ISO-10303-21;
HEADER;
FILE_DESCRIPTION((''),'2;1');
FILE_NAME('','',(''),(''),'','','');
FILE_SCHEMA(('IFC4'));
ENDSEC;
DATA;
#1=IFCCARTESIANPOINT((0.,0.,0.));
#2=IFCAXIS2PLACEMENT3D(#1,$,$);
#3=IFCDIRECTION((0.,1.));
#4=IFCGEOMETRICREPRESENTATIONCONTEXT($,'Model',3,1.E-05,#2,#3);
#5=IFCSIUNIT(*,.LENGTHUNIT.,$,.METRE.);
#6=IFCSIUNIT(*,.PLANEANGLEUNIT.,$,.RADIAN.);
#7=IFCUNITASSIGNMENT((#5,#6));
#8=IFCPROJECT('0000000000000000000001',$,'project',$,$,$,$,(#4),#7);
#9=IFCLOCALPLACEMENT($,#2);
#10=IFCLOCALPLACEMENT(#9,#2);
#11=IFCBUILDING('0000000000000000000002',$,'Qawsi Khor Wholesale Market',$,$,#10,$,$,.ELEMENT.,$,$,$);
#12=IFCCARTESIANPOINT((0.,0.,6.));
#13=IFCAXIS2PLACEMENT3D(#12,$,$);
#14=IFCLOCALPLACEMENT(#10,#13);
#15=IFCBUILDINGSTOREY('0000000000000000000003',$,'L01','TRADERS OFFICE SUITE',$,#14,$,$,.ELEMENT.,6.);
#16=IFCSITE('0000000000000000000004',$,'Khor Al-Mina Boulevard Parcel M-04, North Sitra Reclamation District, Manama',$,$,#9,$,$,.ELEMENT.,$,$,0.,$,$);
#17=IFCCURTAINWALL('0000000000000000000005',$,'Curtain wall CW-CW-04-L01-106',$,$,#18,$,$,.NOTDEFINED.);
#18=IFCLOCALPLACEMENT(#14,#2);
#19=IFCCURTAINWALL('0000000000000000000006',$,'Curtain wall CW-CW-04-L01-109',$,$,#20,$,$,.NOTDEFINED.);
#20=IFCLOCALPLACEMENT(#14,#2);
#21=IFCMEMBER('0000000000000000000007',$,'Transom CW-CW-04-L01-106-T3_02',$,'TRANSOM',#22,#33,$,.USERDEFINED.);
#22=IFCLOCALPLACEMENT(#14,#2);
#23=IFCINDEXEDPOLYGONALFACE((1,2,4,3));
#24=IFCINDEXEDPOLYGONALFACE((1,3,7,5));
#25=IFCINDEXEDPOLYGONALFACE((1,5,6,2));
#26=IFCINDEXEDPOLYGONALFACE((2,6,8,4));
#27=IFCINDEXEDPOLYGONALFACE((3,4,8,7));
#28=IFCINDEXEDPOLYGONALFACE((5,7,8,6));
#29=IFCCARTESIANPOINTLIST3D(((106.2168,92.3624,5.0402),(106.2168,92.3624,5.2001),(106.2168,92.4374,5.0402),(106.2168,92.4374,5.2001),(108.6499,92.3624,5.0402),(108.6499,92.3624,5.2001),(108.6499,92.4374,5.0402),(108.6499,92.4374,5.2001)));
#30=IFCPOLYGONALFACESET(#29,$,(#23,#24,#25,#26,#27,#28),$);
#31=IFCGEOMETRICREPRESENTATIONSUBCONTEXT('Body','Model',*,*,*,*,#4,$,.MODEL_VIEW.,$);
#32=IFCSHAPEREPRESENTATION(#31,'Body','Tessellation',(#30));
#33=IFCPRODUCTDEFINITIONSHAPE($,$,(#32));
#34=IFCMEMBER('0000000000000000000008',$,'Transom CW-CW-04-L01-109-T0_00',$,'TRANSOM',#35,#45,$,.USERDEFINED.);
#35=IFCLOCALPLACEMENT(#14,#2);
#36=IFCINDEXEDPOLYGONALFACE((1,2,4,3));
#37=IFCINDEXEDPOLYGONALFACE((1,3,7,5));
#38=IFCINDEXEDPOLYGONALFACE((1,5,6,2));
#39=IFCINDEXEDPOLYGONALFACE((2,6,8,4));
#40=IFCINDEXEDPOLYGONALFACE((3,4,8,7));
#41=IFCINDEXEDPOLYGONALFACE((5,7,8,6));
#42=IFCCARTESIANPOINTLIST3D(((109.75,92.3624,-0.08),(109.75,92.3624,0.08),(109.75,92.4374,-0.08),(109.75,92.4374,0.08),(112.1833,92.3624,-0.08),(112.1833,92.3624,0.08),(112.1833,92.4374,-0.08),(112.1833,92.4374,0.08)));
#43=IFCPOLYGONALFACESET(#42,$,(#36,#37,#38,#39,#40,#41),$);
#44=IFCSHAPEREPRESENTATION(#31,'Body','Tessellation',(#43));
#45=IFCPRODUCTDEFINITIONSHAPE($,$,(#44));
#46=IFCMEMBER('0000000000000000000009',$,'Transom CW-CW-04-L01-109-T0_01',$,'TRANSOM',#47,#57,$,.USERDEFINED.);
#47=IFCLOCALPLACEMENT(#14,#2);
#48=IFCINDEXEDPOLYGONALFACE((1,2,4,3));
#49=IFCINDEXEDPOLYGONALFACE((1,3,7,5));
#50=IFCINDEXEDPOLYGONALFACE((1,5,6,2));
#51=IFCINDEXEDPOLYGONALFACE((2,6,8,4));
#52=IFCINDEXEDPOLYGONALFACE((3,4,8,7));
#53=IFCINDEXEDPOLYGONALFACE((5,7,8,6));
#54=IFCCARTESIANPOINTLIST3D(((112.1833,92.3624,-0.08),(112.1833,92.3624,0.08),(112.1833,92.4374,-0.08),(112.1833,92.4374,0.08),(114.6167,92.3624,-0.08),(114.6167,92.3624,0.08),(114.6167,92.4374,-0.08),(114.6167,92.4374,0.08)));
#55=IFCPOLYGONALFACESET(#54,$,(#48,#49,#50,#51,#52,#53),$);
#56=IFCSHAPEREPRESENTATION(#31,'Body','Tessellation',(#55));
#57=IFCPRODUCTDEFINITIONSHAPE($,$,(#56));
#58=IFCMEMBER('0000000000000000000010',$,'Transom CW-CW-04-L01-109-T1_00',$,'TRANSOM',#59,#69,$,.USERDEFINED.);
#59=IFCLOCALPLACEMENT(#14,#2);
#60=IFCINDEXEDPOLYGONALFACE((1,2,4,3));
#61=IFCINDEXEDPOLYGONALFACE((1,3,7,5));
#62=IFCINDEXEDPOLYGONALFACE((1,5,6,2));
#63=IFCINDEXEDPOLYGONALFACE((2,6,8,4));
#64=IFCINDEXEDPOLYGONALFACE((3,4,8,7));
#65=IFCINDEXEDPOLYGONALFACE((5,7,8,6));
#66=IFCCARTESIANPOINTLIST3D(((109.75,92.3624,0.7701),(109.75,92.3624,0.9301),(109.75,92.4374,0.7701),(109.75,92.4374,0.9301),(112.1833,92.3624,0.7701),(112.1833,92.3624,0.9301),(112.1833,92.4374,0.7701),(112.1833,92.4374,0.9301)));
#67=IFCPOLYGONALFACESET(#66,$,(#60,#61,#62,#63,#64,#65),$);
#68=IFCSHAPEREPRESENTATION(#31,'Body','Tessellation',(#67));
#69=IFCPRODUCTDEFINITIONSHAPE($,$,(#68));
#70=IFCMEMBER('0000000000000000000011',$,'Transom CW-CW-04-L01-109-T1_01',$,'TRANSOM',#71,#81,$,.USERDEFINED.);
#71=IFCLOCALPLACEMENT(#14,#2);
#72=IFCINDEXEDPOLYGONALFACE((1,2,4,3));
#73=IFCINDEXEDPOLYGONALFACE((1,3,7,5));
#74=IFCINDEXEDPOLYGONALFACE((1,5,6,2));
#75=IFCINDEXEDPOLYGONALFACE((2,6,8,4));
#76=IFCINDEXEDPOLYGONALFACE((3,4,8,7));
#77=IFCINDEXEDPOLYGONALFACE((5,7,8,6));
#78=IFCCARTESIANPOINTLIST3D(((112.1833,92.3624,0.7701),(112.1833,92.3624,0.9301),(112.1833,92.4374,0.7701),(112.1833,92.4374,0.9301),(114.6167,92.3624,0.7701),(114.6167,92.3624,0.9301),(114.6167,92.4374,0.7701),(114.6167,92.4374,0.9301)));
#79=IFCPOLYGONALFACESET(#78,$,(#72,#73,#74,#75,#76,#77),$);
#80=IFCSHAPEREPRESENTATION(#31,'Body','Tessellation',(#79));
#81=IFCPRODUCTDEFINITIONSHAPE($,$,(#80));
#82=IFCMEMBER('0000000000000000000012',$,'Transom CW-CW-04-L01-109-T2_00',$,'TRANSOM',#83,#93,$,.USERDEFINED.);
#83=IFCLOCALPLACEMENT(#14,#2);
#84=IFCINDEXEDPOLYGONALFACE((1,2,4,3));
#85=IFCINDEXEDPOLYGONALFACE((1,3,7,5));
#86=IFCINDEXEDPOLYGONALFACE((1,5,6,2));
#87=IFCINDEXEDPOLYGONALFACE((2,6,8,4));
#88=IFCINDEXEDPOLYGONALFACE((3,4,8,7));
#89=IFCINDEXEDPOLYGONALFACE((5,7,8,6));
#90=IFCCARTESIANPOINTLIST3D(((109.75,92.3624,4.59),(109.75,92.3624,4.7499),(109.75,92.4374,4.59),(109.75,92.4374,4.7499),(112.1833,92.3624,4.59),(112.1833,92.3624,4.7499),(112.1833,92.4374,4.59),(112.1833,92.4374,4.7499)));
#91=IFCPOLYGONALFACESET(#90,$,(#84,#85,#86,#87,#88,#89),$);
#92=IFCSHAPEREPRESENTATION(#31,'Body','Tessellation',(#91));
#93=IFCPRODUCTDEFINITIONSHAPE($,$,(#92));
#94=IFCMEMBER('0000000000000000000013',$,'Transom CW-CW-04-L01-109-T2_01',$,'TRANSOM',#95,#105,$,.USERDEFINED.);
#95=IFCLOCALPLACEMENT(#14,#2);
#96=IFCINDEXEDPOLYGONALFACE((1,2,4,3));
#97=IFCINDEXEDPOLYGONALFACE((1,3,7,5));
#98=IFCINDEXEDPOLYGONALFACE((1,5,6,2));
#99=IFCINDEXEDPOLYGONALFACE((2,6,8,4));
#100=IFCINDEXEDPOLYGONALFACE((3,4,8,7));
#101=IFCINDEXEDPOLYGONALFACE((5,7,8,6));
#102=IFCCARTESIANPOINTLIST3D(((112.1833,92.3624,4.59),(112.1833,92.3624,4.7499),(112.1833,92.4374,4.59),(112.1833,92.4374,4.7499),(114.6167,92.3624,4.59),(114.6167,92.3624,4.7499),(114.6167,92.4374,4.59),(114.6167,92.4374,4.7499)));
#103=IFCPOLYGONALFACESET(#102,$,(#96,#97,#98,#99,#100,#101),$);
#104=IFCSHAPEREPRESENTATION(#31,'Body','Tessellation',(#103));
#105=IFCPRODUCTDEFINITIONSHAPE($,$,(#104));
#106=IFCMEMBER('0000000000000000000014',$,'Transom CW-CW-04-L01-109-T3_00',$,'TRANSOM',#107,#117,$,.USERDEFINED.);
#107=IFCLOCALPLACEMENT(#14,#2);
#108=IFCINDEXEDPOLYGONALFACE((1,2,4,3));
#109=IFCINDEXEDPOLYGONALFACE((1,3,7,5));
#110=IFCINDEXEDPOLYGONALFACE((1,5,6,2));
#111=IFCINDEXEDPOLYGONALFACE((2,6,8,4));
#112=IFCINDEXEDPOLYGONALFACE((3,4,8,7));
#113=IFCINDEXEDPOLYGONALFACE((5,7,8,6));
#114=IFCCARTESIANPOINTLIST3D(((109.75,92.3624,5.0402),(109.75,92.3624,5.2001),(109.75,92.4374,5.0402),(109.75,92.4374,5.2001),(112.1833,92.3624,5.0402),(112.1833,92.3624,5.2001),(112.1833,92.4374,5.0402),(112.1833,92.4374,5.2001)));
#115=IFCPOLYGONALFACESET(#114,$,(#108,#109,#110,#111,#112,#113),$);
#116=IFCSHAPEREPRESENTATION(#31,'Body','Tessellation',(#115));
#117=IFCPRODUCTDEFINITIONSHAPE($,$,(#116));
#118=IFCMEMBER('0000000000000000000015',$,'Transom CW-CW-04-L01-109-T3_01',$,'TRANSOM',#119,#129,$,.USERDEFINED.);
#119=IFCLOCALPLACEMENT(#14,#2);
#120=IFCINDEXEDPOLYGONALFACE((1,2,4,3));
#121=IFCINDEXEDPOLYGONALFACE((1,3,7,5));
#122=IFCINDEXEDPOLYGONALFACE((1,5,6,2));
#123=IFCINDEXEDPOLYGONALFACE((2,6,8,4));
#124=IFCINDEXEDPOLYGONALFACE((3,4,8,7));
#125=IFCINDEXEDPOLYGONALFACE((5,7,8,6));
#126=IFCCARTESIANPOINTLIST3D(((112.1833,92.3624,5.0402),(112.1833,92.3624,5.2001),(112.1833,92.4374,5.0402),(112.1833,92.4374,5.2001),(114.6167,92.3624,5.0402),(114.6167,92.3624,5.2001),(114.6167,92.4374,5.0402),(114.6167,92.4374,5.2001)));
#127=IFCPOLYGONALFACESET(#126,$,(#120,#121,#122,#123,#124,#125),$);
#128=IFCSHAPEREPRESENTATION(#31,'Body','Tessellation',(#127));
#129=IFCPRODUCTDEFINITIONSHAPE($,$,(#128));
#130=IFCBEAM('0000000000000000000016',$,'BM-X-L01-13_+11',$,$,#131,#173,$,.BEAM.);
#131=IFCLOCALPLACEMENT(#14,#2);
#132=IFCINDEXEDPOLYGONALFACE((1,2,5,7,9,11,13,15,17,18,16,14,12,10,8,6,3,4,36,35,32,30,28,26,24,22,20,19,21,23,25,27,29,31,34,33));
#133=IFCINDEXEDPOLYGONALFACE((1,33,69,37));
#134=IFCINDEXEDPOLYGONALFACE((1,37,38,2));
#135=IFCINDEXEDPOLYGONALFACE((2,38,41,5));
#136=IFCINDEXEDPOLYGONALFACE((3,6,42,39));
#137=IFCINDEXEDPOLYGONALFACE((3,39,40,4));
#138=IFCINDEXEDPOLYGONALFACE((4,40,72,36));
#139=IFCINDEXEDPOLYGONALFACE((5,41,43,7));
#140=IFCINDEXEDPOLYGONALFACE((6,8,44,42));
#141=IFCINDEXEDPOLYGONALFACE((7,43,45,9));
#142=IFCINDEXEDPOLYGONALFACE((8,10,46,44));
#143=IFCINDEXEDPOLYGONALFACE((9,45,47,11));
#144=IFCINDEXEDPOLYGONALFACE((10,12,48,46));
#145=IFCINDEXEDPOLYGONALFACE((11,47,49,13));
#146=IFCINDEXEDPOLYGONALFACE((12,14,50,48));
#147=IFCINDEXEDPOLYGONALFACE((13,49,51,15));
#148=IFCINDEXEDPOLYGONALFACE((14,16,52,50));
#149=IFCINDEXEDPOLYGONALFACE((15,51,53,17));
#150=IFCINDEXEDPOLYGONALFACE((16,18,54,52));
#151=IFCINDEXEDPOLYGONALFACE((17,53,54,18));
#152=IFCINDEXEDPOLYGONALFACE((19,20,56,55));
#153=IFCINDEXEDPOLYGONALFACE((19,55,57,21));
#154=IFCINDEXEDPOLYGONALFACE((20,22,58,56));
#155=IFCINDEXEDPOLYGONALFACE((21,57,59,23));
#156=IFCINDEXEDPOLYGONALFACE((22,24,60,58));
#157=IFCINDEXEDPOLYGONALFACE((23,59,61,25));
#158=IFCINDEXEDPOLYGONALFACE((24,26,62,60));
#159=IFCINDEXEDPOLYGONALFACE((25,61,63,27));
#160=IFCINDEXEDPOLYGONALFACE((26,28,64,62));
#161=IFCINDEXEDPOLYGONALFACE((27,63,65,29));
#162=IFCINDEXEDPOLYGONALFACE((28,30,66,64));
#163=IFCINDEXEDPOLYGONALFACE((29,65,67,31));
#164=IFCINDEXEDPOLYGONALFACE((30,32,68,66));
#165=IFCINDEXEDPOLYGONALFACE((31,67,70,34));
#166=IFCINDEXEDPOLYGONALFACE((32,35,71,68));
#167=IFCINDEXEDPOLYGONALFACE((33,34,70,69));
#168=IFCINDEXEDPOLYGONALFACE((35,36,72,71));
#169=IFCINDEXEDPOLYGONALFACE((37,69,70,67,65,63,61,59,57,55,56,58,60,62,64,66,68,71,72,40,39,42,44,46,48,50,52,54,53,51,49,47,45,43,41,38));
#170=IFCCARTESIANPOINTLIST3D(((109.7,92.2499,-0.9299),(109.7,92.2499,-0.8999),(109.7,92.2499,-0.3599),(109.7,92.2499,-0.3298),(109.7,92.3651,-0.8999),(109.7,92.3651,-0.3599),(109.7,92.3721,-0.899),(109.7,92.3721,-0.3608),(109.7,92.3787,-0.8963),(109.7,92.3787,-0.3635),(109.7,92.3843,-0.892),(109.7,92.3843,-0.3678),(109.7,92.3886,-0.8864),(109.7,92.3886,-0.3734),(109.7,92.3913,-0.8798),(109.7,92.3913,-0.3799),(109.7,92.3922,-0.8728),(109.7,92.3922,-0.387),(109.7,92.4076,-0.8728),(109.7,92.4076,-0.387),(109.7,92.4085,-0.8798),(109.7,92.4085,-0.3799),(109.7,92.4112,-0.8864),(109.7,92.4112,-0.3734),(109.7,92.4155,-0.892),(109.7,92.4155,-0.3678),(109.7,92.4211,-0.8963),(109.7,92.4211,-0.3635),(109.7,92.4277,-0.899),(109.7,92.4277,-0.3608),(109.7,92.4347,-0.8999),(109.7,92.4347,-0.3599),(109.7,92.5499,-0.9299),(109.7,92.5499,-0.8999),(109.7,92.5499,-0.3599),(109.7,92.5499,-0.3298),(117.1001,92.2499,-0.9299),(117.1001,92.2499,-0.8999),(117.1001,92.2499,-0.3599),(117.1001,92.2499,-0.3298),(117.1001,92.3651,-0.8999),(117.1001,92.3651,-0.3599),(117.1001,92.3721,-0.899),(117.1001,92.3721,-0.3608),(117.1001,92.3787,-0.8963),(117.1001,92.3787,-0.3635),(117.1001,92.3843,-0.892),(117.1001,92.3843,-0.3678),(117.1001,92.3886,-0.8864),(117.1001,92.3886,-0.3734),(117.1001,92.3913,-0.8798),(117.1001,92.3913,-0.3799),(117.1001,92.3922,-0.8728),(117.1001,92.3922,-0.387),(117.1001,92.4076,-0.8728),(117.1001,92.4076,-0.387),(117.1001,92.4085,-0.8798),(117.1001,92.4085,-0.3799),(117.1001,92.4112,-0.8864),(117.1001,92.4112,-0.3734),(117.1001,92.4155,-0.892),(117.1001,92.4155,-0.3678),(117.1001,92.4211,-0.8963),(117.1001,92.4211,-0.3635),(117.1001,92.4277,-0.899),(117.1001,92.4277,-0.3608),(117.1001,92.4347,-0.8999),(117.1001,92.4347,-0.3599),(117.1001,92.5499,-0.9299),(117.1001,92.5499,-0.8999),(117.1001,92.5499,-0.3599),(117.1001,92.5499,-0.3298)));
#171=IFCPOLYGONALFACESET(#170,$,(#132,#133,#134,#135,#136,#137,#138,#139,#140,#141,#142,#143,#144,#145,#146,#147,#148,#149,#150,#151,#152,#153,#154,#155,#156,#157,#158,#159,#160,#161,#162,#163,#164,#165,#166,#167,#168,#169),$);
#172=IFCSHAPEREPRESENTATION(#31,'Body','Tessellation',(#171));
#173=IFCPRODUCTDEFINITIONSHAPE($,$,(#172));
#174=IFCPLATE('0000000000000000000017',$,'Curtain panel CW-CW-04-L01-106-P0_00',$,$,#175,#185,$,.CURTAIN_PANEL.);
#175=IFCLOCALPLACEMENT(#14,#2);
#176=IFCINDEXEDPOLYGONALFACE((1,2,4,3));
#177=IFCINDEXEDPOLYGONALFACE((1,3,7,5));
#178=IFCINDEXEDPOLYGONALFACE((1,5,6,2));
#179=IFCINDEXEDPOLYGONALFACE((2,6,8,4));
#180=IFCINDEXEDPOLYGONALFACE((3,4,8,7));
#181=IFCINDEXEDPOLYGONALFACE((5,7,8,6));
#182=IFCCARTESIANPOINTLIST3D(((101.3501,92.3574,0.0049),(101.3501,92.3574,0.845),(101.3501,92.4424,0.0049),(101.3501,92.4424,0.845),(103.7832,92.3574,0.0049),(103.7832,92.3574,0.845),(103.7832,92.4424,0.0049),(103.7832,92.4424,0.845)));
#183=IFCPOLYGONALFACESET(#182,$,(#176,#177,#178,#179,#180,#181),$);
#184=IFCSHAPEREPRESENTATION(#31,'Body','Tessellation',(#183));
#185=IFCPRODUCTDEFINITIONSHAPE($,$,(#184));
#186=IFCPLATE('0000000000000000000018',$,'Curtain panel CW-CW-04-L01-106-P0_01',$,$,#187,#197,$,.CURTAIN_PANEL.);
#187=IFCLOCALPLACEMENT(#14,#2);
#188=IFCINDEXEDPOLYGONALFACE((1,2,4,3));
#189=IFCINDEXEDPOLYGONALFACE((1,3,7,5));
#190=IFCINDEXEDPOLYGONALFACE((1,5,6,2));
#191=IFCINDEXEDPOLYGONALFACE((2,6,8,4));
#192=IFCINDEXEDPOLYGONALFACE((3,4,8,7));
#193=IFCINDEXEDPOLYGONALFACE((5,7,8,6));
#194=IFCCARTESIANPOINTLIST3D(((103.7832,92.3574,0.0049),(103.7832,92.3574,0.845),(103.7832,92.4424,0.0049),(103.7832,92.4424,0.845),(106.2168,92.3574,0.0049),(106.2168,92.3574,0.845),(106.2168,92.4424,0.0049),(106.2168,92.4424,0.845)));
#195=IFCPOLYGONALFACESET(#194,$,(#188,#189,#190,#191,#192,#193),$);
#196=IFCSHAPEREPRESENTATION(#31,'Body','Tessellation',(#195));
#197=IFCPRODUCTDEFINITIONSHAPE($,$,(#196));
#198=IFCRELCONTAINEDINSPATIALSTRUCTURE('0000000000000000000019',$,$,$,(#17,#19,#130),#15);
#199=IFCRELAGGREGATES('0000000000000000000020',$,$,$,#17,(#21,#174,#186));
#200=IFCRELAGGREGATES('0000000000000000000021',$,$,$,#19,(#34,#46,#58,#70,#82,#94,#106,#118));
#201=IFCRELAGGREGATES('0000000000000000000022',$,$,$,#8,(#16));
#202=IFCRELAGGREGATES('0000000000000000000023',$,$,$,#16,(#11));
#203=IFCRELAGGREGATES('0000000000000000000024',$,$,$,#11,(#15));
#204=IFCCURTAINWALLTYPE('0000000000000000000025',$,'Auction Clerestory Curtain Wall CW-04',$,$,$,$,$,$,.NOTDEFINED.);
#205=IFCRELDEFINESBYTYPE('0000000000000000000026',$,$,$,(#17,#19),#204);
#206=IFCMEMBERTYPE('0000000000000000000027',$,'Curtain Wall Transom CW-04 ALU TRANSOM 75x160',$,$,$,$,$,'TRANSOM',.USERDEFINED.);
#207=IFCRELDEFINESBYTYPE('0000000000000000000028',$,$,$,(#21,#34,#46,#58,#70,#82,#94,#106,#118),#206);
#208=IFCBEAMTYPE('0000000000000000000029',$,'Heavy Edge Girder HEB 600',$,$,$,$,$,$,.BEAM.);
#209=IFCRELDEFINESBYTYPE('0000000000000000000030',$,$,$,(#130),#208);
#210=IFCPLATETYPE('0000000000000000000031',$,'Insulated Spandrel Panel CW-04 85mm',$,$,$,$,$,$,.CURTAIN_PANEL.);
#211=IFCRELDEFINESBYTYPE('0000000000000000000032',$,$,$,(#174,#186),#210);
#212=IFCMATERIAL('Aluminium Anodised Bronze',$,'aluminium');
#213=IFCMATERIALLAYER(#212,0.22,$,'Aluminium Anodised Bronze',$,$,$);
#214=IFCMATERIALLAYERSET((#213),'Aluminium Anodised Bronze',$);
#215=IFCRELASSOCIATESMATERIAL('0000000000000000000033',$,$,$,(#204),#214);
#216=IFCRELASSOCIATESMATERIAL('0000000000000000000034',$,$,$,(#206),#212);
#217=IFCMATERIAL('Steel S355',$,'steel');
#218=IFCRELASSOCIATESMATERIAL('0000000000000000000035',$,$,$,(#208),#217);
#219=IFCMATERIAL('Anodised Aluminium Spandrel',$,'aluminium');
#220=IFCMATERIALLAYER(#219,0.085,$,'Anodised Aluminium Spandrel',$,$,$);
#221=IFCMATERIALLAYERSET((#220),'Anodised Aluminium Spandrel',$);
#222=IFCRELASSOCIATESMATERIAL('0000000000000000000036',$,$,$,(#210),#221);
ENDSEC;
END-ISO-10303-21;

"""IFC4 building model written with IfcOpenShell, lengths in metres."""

from ifc_helpers import new_model, si_unit, direction, frame, frame_2d, origin, origin_2d, place, context, subcontext, project, spatial, rectangle, i_section, extrude, material, layer, layer_set, material_profile, profile_set, type_object, element, aggregate, save


model = new_model("IFC4")

# Units and contexts
model_context = context("Model", 3, precision=1e-05, world=origin(), true_north=direction((0.0, 1.0)))
body_context = subcontext(model_context, "Body", "Model", "MODEL_VIEW")
ifc_project = project(units=[si_unit("LENGTHUNIT", "METRE"), si_unit("PLANEANGLEUNIT", "RADIAN")], contexts=[model_context])

# Site, building, storey
site_placement = place(None, origin())
site = spatial("IfcSite", under=ifc_project, at=site_placement, Name="Khor Al-Mina Boulevard Parcel M-04, North Sitra Reclamation District, Manama", CompositionType="ELEMENT", RefElevation=0.0)
building_placement = place(site_placement, origin())
building = spatial("IfcBuilding", under=site, at=building_placement, Name="Qawsi Khor Wholesale Market", CompositionType="ELEMENT")
storey_placement = place(building_placement, frame((0.0, 0.0, 6.0)))
storey = spatial("IfcBuildingStorey", under=building, at=storey_placement, Name="L01", Description="TRADERS OFFICE SUITE", CompositionType="ELEMENT", Elevation=6.0)

# Curtain walls
ifc_material_1 = material(Name="Aluminium Anodised Bronze", Category="aluminium")
ifc_layer_1 = layer(ifc_material_1, 0.22, Name="Aluminium Anodised Bronze")
ifc_layer_set_1 = layer_set([ifc_layer_1], Name="Aluminium Anodised Bronze")
curtain_wall_type = type_object("IfcCurtainWallType", Name="Auction Clerestory Curtain Wall CW-04", PredefinedType="NOTDEFINED", material=ifc_layer_set_1)
curtain_wall_1_placement = place(storey_placement, origin())
curtain_wall_1 = element("IfcCurtainWall", 1, at=curtain_wall_1_placement, inside=storey, type_object=curtain_wall_type, Name="Curtain wall CW-CW-04-L01-106", PredefinedType="NOTDEFINED")
curtain_wall_2_placement = place(storey_placement, origin())
curtain_wall_2 = element("IfcCurtainWall", 2, at=curtain_wall_2_placement, inside=storey, type_object=curtain_wall_type, Name="Curtain wall CW-CW-04-L01-109", PredefinedType="NOTDEFINED")

# Members
ifc_material_profile_1 = material_profile(ifc_material_1, rectangle(XDim=0.075, YDim=0.1599, at=origin_2d()), Name="ALU TRANSOM 75x160")
ifc_profile_set_1 = profile_set([ifc_material_profile_1], Name="Aluminium Anodised Bronze")
member_type_1 = type_object("IfcMemberType", Name="Curtain Wall Transom CW-04 ALU TRANSOM 75x160", ElementType="TRANSOM", PredefinedType="USERDEFINED", material=ifc_profile_set_1)
member_1_placement = place(storey_placement, frame((106.2168, 92.3999, 5.1201), z_axis=(1.0, 0.0, 0.0), x_axis=(0.0, 1.0, 0.0)))
member_1 = element("IfcMember", 3, at=member_1_placement, type_object=member_type_1, Name="Transom CW-CW-04-L01-106-T3_02", ObjectType="TRANSOM", PredefinedType="USERDEFINED", context=body_context, shape_type="SweptSolid", body=[
    extrude(rectangle(XDim=0.075, YDim=0.1599, at=origin_2d()), origin(), (0.0, 0.0, 1.0), 2.4331),
])
member_2_placement = place(storey_placement, frame((109.75, 92.3999, 0.0), z_axis=(1.0, 0.0, 0.0), x_axis=(0.0, 1.0, 0.0)))
member_2 = element("IfcMember", 4, at=member_2_placement, type_object=member_type_1, Name="Transom CW-CW-04-L01-109-T0_00", ObjectType="TRANSOM", PredefinedType="USERDEFINED", context=body_context, shape_type="SweptSolid", body=[
    extrude(rectangle(XDim=0.075, YDim=0.1599, at=origin_2d()), origin(), (0.0, 0.0, 1.0), 2.4333),
])
member_3_placement = place(storey_placement, frame((112.1833, 92.3999, 0.0), z_axis=(1.0, 0.0, 0.0), x_axis=(0.0, 1.0, 0.0)))
member_3 = element("IfcMember", 5, at=member_3_placement, type_object=member_type_1, Name="Transom CW-CW-04-L01-109-T0_01", ObjectType="TRANSOM", PredefinedType="USERDEFINED", context=body_context, shape_type="SweptSolid", body=[
    extrude(rectangle(XDim=0.075, YDim=0.1599, at=origin_2d()), origin(), (0.0, 0.0, 1.0), 2.4333),
])
member_4_placement = place(storey_placement, frame((109.75, 92.3999, 0.8501), z_axis=(1.0, 0.0, 0.0), x_axis=(0.0, 1.0, 0.0)))
member_4 = element("IfcMember", 6, at=member_4_placement, type_object=member_type_1, Name="Transom CW-CW-04-L01-109-T1_00", ObjectType="TRANSOM", PredefinedType="USERDEFINED", context=body_context, shape_type="SweptSolid", body=[
    extrude(rectangle(XDim=0.075, YDim=0.1599, at=origin_2d()), origin(), (0.0, 0.0, 1.0), 2.4333),
])
member_5_placement = place(storey_placement, frame((112.1833, 92.3999, 0.8501), z_axis=(1.0, 0.0, 0.0), x_axis=(0.0, 1.0, 0.0)))
member_5 = element("IfcMember", 7, at=member_5_placement, type_object=member_type_1, Name="Transom CW-CW-04-L01-109-T1_01", ObjectType="TRANSOM", PredefinedType="USERDEFINED", context=body_context, shape_type="SweptSolid", body=[
    extrude(rectangle(XDim=0.075, YDim=0.1599, at=origin_2d()), origin(), (0.0, 0.0, 1.0), 2.4333),
])
member_6_placement = place(storey_placement, frame((109.75, 92.3999, 4.6699), z_axis=(1.0, 0.0, 0.0), x_axis=(0.0, 1.0, 0.0)))
member_6 = element("IfcMember", 8, at=member_6_placement, type_object=member_type_1, Name="Transom CW-CW-04-L01-109-T2_00", ObjectType="TRANSOM", PredefinedType="USERDEFINED", context=body_context, shape_type="SweptSolid", body=[
    extrude(rectangle(XDim=0.075, YDim=0.1599, at=origin_2d()), origin(), (0.0, 0.0, 1.0), 2.4333),
])
member_7_placement = place(storey_placement, frame((112.1833, 92.3999, 4.6699), z_axis=(1.0, 0.0, 0.0), x_axis=(0.0, 1.0, 0.0)))
member_7 = element("IfcMember", 9, at=member_7_placement, type_object=member_type_1, Name="Transom CW-CW-04-L01-109-T2_01", ObjectType="TRANSOM", PredefinedType="USERDEFINED", context=body_context, shape_type="SweptSolid", body=[
    extrude(rectangle(XDim=0.075, YDim=0.1599, at=origin_2d()), origin(), (0.0, 0.0, 1.0), 2.4333),
])
member_8_placement = place(storey_placement, frame((109.75, 92.3999, 5.1201), z_axis=(1.0, 0.0, 0.0), x_axis=(0.0, 1.0, 0.0)))
member_8 = element("IfcMember", 10, at=member_8_placement, type_object=member_type_1, Name="Transom CW-CW-04-L01-109-T3_00", ObjectType="TRANSOM", PredefinedType="USERDEFINED", context=body_context, shape_type="SweptSolid", body=[
    extrude(rectangle(XDim=0.075, YDim=0.1599, at=origin_2d()), origin(), (0.0, 0.0, 1.0), 2.4333),
])
member_9_placement = place(storey_placement, frame((112.1833, 92.3999, 5.1201), z_axis=(1.0, 0.0, 0.0), x_axis=(0.0, 1.0, 0.0)))
member_9 = element("IfcMember", 11, at=member_9_placement, type_object=member_type_1, Name="Transom CW-CW-04-L01-109-T3_01", ObjectType="TRANSOM", PredefinedType="USERDEFINED", context=body_context, shape_type="SweptSolid", body=[
    extrude(rectangle(XDim=0.075, YDim=0.1599, at=origin_2d()), origin(), (0.0, 0.0, 1.0), 2.4333),
])

# Beam
ifc_material_2 = material(Name="Steel S355", Category="steel")
ifc_material_profile_2 = material_profile(ifc_material_2, i_section(OverallWidth=0.3, OverallDepth=0.6001, WebThickness=0.0154, FlangeThickness=0.03, FilletRadius=0.0271, at=origin_2d()), Name="HEB 600")
ifc_profile_set_2 = profile_set([ifc_material_profile_2], Name="Steel S355")
beam_type = type_object("IfcBeamType", Name="Heavy Edge Girder HEB 600", PredefinedType="BEAM", material=ifc_profile_set_2)
beam_placement = place(storey_placement, frame((109.7, 92.3999, -0.6299), z_axis=(1.0, 0.0, 0.0), x_axis=(0.0, 1.0, 0.0)))
element("IfcBeam", 12, at=beam_placement, inside=storey, type_object=beam_type, Name="BM-X-L01-13_+11", PredefinedType="BEAM", context=body_context, shape_type="SweptSolid", body=[
    extrude(i_section(OverallWidth=0.3, OverallDepth=0.6001, WebThickness=0.0154, FlangeThickness=0.03, FilletRadius=0.0271, at=origin_2d()), origin(), (0.0, 0.0, 1.0), 7.4001),
])

# Plates
ifc_material_3 = material(Name="Anodised Aluminium Spandrel", Category="aluminium")
ifc_layer_2 = layer(ifc_material_3, 0.085, Name="Anodised Aluminium Spandrel")
ifc_layer_set_2 = layer_set([ifc_layer_2], Name="Anodised Aluminium Spandrel")
plate_type_1 = type_object("IfcPlateType", Name="Insulated Spandrel Panel CW-04 85mm", PredefinedType="CURTAIN_PANEL", material=ifc_layer_set_2)
plate_1_placement = place(storey_placement, frame((101.3501, 92.3999, 0.0049), z_axis=(0.0, 0.0, 1.0), x_axis=(1.0, 0.0, 0.0)))
plate_1 = element("IfcPlate", 13, at=plate_1_placement, type_object=plate_type_1, Name="Curtain panel CW-CW-04-L01-106-P0_00", PredefinedType="CURTAIN_PANEL", context=body_context, shape_type="SweptSolid", body=[
    extrude(rectangle(XDim=2.4331, YDim=0.085, at=frame_2d((1.2166, 0.0))), origin(), (0.0, 0.0, 1.0), 0.8401),
])
plate_2_placement = place(storey_placement, frame((103.7832, 92.3999, 0.0049), z_axis=(0.0, 0.0, 1.0), x_axis=(1.0, 0.0, 0.0)))
plate_2 = element("IfcPlate", 14, at=plate_2_placement, type_object=plate_type_1, Name="Curtain panel CW-CW-04-L01-106-P0_01", PredefinedType="CURTAIN_PANEL", context=body_context, shape_type="SweptSolid", body=[
    extrude(rectangle(XDim=2.4336, YDim=0.085, at=frame_2d((1.2168, 0.0))), origin(), (0.0, 0.0, 1.0), 0.8401),
])
aggregate(curtain_wall_1, [member_1, plate_1, plate_2])
aggregate(curtain_wall_2, [member_2, member_3, member_4, member_5, member_6, member_7, member_8, member_9])

save(model, "model.ifc")
